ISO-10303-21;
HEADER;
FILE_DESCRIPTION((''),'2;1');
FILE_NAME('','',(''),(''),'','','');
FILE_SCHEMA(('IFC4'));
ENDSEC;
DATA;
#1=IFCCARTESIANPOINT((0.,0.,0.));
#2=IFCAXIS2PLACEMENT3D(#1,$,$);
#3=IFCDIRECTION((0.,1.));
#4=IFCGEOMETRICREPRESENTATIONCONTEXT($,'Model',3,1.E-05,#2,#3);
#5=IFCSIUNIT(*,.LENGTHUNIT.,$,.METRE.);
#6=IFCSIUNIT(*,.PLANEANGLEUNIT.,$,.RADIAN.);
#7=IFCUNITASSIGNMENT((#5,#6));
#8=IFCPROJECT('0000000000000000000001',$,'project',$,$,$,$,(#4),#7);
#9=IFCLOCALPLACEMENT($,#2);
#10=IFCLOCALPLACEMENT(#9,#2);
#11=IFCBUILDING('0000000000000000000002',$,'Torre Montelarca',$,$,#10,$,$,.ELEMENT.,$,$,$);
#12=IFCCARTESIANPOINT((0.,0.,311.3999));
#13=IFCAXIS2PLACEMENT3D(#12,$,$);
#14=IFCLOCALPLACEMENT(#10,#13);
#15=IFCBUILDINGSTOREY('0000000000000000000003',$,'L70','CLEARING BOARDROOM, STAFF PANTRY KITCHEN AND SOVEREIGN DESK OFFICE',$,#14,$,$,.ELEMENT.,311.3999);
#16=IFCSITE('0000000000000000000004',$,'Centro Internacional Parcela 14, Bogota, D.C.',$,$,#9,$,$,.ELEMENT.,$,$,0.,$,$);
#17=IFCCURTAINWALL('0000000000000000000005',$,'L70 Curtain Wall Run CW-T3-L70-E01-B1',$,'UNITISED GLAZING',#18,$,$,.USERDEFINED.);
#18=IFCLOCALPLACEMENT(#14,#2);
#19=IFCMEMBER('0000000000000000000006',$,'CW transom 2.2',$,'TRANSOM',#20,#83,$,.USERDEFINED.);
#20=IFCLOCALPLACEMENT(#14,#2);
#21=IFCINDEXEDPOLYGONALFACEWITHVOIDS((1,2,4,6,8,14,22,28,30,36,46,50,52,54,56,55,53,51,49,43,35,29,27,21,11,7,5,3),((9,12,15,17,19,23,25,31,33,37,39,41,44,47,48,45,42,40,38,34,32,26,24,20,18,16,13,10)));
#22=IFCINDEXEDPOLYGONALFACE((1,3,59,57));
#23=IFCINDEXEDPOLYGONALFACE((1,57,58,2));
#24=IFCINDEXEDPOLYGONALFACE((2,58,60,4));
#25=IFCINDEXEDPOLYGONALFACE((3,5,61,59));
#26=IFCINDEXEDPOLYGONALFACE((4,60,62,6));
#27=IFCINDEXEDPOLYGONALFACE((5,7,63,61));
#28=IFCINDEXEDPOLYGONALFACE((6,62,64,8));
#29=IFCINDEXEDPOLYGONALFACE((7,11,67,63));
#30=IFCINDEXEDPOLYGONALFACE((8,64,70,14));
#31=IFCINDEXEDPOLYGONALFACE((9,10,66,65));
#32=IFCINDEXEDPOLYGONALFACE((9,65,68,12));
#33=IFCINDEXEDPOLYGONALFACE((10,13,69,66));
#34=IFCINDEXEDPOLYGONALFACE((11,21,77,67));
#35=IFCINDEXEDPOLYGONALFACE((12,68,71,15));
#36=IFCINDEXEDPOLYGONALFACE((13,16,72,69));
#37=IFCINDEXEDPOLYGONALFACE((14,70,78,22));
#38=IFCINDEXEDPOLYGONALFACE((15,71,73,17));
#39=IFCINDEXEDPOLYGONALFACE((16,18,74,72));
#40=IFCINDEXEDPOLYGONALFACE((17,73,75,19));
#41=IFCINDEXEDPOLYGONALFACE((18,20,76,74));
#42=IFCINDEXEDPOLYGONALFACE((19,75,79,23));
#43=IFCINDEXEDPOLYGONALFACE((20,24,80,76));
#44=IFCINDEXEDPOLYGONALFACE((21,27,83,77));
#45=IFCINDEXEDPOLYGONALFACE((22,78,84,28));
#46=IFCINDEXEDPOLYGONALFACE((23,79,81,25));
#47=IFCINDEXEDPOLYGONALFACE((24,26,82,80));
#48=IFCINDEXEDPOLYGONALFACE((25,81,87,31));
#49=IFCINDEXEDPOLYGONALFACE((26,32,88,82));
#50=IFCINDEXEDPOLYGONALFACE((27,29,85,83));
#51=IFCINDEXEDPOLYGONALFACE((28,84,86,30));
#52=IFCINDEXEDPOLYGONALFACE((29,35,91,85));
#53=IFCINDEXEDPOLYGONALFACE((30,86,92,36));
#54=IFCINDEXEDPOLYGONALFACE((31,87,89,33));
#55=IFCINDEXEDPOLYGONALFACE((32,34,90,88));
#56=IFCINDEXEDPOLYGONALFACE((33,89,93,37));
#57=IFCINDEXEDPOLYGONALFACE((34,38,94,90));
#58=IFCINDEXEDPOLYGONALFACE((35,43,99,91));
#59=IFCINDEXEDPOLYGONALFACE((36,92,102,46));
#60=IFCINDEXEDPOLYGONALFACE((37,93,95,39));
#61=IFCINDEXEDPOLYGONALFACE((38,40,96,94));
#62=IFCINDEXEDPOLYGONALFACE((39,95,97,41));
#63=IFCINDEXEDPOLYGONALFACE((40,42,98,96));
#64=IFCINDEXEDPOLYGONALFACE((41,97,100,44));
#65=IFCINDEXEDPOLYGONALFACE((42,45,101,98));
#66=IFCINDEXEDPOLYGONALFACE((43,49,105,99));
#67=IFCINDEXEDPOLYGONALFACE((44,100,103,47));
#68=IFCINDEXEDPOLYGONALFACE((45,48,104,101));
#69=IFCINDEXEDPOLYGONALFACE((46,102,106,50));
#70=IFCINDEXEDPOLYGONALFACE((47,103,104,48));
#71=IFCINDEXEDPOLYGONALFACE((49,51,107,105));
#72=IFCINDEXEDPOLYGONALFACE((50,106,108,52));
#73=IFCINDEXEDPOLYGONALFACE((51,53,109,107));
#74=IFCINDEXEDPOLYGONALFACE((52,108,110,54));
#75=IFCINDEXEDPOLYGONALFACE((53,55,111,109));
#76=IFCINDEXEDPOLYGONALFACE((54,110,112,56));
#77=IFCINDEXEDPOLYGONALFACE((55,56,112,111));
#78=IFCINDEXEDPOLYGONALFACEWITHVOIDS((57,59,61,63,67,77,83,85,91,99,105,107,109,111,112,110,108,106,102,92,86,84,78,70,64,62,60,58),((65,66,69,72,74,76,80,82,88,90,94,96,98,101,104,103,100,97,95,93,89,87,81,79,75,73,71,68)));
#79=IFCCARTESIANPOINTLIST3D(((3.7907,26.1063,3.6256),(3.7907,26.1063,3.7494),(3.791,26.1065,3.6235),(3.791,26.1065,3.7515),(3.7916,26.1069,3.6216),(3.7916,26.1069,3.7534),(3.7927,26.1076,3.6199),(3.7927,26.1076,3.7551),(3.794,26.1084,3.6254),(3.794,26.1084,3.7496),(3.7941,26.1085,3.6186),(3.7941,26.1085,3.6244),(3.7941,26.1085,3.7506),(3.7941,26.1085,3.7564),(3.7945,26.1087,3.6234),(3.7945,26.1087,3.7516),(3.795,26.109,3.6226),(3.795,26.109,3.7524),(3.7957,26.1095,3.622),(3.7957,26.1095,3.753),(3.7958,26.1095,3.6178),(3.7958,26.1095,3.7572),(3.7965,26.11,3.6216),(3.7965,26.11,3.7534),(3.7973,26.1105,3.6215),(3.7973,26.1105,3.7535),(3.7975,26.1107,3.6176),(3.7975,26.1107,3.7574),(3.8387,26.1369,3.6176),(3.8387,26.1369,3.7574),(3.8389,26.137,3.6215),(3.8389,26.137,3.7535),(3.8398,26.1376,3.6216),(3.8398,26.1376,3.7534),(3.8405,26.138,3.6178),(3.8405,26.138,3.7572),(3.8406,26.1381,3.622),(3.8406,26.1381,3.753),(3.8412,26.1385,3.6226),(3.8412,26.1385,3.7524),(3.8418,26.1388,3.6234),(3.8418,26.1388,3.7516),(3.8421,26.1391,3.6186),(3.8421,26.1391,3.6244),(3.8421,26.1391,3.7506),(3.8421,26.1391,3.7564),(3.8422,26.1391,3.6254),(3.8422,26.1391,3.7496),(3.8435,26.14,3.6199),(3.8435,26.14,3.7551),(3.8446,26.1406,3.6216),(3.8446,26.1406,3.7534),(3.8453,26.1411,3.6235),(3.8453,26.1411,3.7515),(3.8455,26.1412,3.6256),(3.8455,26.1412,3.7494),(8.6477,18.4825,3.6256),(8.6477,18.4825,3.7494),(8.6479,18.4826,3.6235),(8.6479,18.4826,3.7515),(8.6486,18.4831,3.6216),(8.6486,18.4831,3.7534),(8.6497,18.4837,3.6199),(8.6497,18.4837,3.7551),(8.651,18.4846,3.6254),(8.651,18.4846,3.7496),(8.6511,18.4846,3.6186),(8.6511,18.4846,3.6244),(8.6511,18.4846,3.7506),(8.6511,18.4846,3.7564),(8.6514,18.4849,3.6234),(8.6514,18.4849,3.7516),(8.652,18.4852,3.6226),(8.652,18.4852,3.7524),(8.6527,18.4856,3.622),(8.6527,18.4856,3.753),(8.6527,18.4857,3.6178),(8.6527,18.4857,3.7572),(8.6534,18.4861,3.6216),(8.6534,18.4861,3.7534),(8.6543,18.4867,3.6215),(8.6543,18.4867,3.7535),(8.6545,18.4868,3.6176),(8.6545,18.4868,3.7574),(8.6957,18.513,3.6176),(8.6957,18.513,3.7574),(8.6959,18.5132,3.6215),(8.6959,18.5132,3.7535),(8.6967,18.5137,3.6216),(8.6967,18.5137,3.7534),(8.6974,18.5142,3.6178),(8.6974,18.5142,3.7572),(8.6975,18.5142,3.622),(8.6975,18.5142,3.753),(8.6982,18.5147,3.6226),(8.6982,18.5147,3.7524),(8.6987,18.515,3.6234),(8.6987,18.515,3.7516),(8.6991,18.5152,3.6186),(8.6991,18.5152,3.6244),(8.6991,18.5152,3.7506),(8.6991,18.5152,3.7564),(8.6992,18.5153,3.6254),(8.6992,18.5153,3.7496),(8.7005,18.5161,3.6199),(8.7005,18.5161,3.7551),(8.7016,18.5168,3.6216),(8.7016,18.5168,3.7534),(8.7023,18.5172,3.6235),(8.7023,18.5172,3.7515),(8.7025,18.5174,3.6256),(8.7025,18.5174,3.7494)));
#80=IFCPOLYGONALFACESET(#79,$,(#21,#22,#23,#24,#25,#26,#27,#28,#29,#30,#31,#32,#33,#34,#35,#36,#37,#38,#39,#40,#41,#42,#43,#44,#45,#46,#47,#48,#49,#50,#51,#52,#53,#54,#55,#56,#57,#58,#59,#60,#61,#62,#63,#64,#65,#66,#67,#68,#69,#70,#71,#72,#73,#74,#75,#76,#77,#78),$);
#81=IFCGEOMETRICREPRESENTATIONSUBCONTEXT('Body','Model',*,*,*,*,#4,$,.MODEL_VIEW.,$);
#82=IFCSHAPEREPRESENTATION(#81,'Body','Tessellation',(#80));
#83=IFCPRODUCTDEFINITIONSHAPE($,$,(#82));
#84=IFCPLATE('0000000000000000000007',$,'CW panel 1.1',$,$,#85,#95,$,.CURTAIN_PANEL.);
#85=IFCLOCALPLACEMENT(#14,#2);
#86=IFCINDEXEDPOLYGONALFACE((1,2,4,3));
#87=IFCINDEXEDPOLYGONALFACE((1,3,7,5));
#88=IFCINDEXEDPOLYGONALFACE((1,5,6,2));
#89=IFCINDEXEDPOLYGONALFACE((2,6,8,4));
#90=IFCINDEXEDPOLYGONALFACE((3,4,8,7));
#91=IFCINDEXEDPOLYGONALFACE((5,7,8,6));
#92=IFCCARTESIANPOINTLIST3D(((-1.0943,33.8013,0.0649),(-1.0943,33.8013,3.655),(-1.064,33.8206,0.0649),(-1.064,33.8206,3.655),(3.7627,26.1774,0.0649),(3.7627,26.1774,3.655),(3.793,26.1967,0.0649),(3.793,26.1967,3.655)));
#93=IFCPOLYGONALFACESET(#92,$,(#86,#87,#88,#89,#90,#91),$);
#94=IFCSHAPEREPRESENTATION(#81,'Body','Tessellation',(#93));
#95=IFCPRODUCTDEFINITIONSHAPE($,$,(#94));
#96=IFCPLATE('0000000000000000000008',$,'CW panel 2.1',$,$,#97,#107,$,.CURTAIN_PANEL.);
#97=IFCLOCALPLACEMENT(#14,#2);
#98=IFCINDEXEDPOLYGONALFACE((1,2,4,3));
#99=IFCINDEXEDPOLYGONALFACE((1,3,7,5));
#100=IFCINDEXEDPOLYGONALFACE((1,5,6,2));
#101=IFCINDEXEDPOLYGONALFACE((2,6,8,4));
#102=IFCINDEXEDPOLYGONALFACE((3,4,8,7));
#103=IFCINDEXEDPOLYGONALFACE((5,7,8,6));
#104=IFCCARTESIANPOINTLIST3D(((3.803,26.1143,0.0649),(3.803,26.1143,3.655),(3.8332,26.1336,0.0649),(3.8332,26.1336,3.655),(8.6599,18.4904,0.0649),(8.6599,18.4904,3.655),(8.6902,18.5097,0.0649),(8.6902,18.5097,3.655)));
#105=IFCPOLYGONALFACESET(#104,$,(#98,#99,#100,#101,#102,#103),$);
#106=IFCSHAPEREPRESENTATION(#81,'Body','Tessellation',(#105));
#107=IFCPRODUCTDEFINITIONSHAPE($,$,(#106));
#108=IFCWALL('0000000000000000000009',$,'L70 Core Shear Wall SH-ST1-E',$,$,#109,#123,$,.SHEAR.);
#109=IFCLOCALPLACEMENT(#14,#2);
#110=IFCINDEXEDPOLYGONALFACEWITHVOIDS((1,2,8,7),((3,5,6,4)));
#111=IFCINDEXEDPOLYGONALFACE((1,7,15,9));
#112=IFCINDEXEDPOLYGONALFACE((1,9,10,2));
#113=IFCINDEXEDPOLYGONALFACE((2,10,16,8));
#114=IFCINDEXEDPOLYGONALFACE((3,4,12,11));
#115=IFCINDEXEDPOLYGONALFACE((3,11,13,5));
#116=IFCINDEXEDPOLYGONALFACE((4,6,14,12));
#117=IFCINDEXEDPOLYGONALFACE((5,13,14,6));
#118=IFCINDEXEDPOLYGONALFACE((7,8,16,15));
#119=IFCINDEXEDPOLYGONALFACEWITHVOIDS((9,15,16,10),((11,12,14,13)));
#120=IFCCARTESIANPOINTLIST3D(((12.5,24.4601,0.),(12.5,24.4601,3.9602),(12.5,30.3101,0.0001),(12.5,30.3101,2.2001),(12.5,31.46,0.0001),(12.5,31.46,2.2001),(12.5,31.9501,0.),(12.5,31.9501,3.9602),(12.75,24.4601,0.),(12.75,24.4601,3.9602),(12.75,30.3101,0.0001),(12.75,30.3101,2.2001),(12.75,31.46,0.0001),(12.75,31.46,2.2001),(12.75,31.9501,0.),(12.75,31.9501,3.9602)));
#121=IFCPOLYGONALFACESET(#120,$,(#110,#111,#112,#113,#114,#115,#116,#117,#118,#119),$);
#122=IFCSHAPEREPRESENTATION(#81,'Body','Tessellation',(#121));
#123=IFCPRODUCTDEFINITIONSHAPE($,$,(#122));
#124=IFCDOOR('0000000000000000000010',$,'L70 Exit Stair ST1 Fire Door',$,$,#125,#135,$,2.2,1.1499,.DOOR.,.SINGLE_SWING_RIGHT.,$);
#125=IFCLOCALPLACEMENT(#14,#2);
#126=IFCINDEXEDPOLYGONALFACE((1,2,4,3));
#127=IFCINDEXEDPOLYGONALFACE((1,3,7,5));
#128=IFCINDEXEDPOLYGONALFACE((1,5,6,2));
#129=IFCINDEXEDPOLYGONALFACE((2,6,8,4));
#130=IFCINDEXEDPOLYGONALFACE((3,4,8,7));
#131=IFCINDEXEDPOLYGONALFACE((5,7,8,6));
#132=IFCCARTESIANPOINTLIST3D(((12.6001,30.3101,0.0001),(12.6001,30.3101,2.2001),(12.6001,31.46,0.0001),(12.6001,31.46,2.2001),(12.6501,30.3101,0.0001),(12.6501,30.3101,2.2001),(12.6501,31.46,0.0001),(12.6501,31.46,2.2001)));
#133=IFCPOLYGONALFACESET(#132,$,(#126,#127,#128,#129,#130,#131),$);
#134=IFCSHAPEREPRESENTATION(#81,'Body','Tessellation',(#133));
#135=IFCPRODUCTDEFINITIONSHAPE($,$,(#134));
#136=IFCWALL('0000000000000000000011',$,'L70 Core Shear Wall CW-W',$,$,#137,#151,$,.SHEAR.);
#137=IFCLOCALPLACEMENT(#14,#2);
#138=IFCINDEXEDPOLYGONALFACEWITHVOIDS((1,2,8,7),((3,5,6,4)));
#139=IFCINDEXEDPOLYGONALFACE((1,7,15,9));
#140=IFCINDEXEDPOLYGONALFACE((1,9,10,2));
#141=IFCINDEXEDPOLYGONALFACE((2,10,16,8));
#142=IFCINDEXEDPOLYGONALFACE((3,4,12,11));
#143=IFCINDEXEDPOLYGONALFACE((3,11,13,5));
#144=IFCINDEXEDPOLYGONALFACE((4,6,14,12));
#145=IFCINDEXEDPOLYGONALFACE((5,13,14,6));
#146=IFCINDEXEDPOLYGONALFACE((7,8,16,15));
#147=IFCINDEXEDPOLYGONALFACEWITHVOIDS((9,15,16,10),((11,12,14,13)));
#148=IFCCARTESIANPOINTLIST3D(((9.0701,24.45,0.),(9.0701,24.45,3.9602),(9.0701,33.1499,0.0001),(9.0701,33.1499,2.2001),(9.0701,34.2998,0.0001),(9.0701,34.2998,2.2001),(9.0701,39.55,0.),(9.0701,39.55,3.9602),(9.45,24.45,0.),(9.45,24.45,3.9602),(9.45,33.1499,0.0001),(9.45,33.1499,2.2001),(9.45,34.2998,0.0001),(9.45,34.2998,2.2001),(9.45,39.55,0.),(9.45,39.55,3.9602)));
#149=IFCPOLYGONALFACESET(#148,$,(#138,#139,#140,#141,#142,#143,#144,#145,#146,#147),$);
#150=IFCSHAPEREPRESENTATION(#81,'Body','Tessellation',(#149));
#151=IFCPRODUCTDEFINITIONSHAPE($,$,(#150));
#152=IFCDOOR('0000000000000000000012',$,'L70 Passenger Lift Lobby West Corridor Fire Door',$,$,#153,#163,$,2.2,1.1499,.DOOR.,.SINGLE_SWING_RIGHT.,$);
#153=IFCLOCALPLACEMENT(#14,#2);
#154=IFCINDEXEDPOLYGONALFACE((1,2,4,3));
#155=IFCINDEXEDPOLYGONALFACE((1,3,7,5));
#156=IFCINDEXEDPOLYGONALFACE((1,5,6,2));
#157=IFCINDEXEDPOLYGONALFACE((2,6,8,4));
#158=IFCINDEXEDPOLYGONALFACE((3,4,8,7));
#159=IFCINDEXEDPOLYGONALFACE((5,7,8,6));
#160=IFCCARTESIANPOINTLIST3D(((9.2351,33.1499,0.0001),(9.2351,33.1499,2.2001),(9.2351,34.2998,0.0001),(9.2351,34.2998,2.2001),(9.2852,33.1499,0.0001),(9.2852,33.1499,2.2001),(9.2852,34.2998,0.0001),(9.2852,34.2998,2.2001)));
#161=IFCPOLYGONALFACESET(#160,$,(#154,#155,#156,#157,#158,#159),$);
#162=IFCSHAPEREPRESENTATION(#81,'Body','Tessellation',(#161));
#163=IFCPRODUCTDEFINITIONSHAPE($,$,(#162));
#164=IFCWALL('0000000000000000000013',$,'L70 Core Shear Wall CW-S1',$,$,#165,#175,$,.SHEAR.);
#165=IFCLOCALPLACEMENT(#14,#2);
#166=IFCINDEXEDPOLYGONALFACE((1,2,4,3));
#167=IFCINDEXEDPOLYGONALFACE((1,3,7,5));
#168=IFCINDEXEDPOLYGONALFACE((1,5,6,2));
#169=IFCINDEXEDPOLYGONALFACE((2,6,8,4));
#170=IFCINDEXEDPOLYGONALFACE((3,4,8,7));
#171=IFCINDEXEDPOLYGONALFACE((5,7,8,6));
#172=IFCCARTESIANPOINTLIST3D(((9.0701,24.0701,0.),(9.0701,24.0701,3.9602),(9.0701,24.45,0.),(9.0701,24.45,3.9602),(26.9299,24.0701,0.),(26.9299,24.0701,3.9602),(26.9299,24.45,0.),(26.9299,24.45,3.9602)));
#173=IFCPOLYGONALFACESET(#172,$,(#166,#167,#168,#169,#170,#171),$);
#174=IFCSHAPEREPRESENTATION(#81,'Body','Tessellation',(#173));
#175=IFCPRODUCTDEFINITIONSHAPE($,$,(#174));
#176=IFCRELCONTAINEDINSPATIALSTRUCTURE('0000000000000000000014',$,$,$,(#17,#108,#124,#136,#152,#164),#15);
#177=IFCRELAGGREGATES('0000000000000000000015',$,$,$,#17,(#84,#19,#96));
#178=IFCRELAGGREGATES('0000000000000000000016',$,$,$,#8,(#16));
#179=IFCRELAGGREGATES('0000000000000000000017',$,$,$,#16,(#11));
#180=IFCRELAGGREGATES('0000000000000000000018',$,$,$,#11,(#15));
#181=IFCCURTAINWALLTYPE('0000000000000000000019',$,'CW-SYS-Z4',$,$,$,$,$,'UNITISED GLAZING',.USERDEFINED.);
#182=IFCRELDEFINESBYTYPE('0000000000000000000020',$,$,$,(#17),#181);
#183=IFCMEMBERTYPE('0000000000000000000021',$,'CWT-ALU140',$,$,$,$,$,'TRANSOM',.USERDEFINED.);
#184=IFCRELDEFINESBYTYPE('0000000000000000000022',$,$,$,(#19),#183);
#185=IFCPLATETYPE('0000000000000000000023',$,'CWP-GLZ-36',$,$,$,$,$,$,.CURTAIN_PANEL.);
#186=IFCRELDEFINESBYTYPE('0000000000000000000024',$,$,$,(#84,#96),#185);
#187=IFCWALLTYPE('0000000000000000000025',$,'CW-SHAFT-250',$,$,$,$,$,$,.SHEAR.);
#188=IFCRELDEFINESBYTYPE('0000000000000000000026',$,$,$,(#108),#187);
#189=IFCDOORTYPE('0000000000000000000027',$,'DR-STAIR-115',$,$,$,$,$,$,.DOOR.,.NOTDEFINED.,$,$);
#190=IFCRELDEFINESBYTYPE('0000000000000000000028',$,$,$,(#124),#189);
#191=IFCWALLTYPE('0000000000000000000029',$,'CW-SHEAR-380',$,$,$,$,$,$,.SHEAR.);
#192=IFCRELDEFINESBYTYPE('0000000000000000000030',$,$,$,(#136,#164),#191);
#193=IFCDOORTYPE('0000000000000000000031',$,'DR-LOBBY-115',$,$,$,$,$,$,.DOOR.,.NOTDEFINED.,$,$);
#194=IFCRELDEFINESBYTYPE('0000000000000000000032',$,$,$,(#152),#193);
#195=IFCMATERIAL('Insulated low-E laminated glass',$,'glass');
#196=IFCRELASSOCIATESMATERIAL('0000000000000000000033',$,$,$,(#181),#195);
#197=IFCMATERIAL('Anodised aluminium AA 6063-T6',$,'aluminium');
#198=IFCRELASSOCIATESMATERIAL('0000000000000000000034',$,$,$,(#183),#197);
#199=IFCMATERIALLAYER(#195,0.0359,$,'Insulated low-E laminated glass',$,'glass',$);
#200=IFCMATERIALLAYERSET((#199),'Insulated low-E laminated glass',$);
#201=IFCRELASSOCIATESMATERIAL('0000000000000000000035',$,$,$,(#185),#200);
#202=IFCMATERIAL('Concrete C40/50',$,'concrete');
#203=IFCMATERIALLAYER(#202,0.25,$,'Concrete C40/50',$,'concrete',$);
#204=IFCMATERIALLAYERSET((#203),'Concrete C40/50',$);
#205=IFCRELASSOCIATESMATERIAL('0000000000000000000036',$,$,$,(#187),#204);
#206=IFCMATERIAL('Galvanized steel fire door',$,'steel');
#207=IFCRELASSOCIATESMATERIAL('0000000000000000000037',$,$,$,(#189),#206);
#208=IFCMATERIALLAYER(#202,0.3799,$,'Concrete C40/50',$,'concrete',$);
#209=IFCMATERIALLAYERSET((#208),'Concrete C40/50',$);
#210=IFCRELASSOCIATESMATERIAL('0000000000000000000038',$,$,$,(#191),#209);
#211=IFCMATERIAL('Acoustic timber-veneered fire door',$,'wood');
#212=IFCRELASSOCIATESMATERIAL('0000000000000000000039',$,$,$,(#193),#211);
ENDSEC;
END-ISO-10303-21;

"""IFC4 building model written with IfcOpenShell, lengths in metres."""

from ifc_helpers import new_model, si_unit, direction, frame, frame_2d, origin, origin_2d, place, context, subcontext, project, spatial, rectangle, hollow_rectangle, extrude, source, transform, mapped, material, layer, layer_set, material_profile, profile_set, type_object, element, fill, aggregate, save


model = new_model("IFC4")

# Units and contexts
model_context = context("Model", 3, precision=1e-05, world=origin(), true_north=direction((0.0, 1.0)))
body_context = subcontext(model_context, "Body", "Model", "MODEL_VIEW")
ifc_project = project(units=[si_unit("LENGTHUNIT", "METRE"), si_unit("PLANEANGLEUNIT", "RADIAN")], contexts=[model_context])

# Site, building, storey
site_placement = place(None, origin())
site = spatial("IfcSite", under=ifc_project, at=site_placement, Name="Centro Internacional Parcela 14, Bogota, D.C.", CompositionType="ELEMENT", RefElevation=0.0)
building_placement = place(site_placement, origin())
building = spatial("IfcBuilding", under=site, at=building_placement, Name="Torre Montelarca", CompositionType="ELEMENT")
storey_placement = place(building_placement, frame((0.0, 0.0, 311.3999)))
storey = spatial("IfcBuildingStorey", under=building, at=storey_placement, Name="L70", Description="CLEARING BOARDROOM, STAFF PANTRY KITCHEN AND SOVEREIGN DESK OFFICE", CompositionType="ELEMENT", Elevation=311.3999)

# Shared definitions
ifc_material_1 = material(Name="Concrete C40/50", Category="concrete")

# Curtain wall, member, plates
ifc_material_2 = material(Name="Insulated low-E laminated glass", Category="glass")
curtain_wall_type = type_object("IfcCurtainWallType", Name="CW-SYS-Z4", ElementType="UNITISED GLAZING", PredefinedType="USERDEFINED", material=ifc_material_2)
curtain_wall_placement = place(storey_placement, origin())
curtain_wall = element("IfcCurtainWall", 1, at=curtain_wall_placement, inside=storey, type_object=curtain_wall_type, Name="L70 Curtain Wall Run CW-T3-L70-E01-B1", ObjectType="UNITISED GLAZING", PredefinedType="USERDEFINED")
ifc_material_3 = material(Name="Anodised aluminium AA 6063-T6", Category="aluminium")
ifc_material_profile_1 = material_profile(ifc_material_3, hollow_rectangle(XDim=0.0649, YDim=0.1399, WallThickness=0.0039, InnerFilletRadius=0.0039, OuterFilletRadius=0.0081, at=origin_2d()), Name="ALU65X140X4", Category="aluminium")
ifc_profile_set_1 = profile_set([ifc_material_profile_1], Name="Anodised aluminium AA 6063-T6")
member_type_1 = type_object("IfcMemberType", Name="CWT-ALU140", ElementType="TRANSOM", PredefinedType="USERDEFINED", material=ifc_profile_set_1)
shared_shape_1 = source(origin(), body_context, "Body", "SweptSolid", [
    extrude(hollow_rectangle(XDim=0.0649, YDim=0.1399, WallThickness=0.0039, InnerFilletRadius=0.0039, OuterFilletRadius=0.0081, at=origin_2d()), origin(), (0.0, 0.0, 1.0), 9.0396),
])
member_1_placement = place(storey_placement, frame((3.8181, 26.1238, 3.6875), z_axis=(0.537304, -0.843389, 0.0), x_axis=(0.843389, 0.537304, 0.0)))
member_1 = element("IfcMember", 2, at=member_1_placement, type_object=member_type_1, Name="CW transom 2.2", ObjectType="TRANSOM", PredefinedType="USERDEFINED", context=body_context, shape_type="MappedRepresentation", body=[
    mapped(shared_shape_1, transform((0.0, 0.0, 0.0), scale=1.0)),
])
ifc_layer_1 = layer(ifc_material_2, 0.0359, Name="Insulated low-E laminated glass", Category="glass")
ifc_layer_set_1 = layer_set([ifc_layer_1], Name="Insulated low-E laminated glass")
plate_type = type_object("IfcPlateType", Name="CWP-GLZ-36", PredefinedType="CURTAIN_PANEL", material=ifc_layer_set_1)
shared_shape_2 = source(origin(), body_context, "Body", "SweptSolid", [
    extrude(rectangle(XDim=9.0396, YDim=0.0359, at=origin_2d()), origin(), (0.0, 0.0, 1.0), 3.5901),
])
plate_1_placement = place(storey_placement, frame((1.3494, 29.999, 0.0649), z_axis=(0.0, 0.0, 1.0), x_axis=(0.537302, -0.84339, 0.0)))
plate_1 = element("IfcPlate", 3, at=plate_1_placement, type_object=plate_type, Name="CW panel 1.1", PredefinedType="CURTAIN_PANEL", context=body_context, shape_type="MappedRepresentation", body=[
    mapped(shared_shape_2, transform((0.0, 0.0, 0.0), scale=1.0)),
])
plate_2_placement = place(storey_placement, frame((6.2466, 22.312, 0.0649), z_axis=(0.0, 0.0, 1.0), x_axis=(0.537302, -0.84339, 0.0)))
plate_2 = element("IfcPlate", 4, at=plate_2_placement, type_object=plate_type, Name="CW panel 2.1", PredefinedType="CURTAIN_PANEL", context=body_context, shape_type="MappedRepresentation", body=[
    mapped(shared_shape_2, transform((0.0, 0.0, 0.0), scale=1.0)),
])
aggregate(curtain_wall, [plate_1, member_1, plate_2])

# Walls, openings, doors
ifc_layer_2 = layer(ifc_material_1, 0.25, Name="Concrete C40/50", Category="concrete")
ifc_layer_set_2 = layer_set([ifc_layer_2], Name="Concrete C40/50")
wall_type_1 = type_object("IfcWallType", Name="CW-SHAFT-250", PredefinedType="SHEAR", material=ifc_layer_set_2)
wall_1_placement = place(storey_placement, frame((12.625, 24.46, 0.0), z_axis=(0.0, 0.0, 1.0), x_axis=(0.0, 1.0, 0.0)))
wall_1 = element("IfcWall", 5, at=wall_1_placement, inside=storey, type_object=wall_type_1, Name="L70 Core Shear Wall SH-ST1-E", PredefinedType="SHEAR", context=body_context, shape_type="SweptSolid", body=[
    extrude(rectangle(XDim=7.49, YDim=0.25, at=frame_2d((3.7451, 0.0))), origin(), (0.0, 0.0, 1.0), 3.9602),
])
opening_1_placement = place(wall_1_placement, frame((5.8501, 0.0, 0.0)))
opening_1 = element("IfcOpeningElement", 6, at=opening_1_placement, cuts=wall_1, PredefinedType="OPENING", context=body_context, shape_type="SweptSolid", body=[
    extrude(rectangle(XDim=1.1499, YDim=2.2, at=frame_2d((0.575, 1.1001))), frame((0.0, 0.135, 0.0), z_axis=(0.0, -1.0, 0.0), x_axis=(1.0, 0.0, 0.0)), (0.0, 0.0, 1.0), 0.27),
])
ifc_material_4 = material(Name="Galvanized steel fire door", Category="steel")
door_type_1 = type_object("IfcDoorType", Name="DR-STAIR-115", OperationType="NOTDEFINED", PredefinedType="DOOR", material=ifc_material_4)
shared_shape_3 = source(origin(), body_context, "Body", "SweptSolid", [
    extrude(rectangle(XDim=1.1499, YDim=2.2, at=frame_2d((0.575, 1.1001))), frame((0.0, 0.0249, 0.0), z_axis=(0.0, -1.0, 0.0), x_axis=(1.0, 0.0, 0.0)), (0.0, 0.0, 1.0), 0.05),
])
door_1_placement = place(opening_1_placement, origin())
door_1 = element("IfcDoor", 7, at=door_1_placement, inside=storey, type_object=door_type_1, Name="L70 Exit Stair ST1 Fire Door", OperationType="SINGLE_SWING_RIGHT", OverallHeight=2.2, OverallWidth=1.1499, PredefinedType="DOOR", context=body_context, shape_type="MappedRepresentation", body=[
    mapped(shared_shape_3, transform((0.0, 0.0, 0.0), scale=1.0)),
])
fill(opening_1, door_1)
ifc_layer_3 = layer(ifc_material_1, 0.3799, Name="Concrete C40/50", Category="concrete")
ifc_layer_set_3 = layer_set([ifc_layer_3], Name="Concrete C40/50")
wall_type_2 = type_object("IfcWallType", Name="CW-SHEAR-380", PredefinedType="SHEAR", material=ifc_layer_set_3)
wall_2_placement = place(storey_placement, frame((9.26, 24.45, 0.0), z_axis=(0.0, 0.0, 1.0), x_axis=(0.0, 1.0, 0.0)))
wall_2 = element("IfcWall", 8, at=wall_2_placement, inside=storey, type_object=wall_type_2, Name="L70 Core Shear Wall CW-W", PredefinedType="SHEAR", context=body_context, shape_type="SweptSolid", body=[
    extrude(rectangle(XDim=15.1001, YDim=0.3799, at=frame_2d((7.55, 0.0))), origin(), (0.0, 0.0, 1.0), 3.9602),
])
opening_2_placement = place(wall_2_placement, frame((8.7, 0.0, 0.0)))
opening_2 = element("IfcOpeningElement", 9, at=opening_2_placement, cuts=wall_2, PredefinedType="OPENING", context=body_context, shape_type="SweptSolid", body=[
    extrude(rectangle(XDim=1.1499, YDim=2.2, at=frame_2d((0.575, 1.1001))), frame((0.0, 0.2, 0.0), z_axis=(0.0, -1.0, 0.0), x_axis=(1.0, 0.0, 0.0)), (0.0, 0.0, 1.0), 0.3999),
])
ifc_material_5 = material(Name="Acoustic timber-veneered fire door", Category="wood")
door_type_2 = type_object("IfcDoorType", Name="DR-LOBBY-115", OperationType="NOTDEFINED", PredefinedType="DOOR", material=ifc_material_5)
shared_shape_4 = source(origin(), body_context, "Body", "SweptSolid", [
    extrude(rectangle(XDim=1.1499, YDim=2.2, at=frame_2d((0.575, 1.1001))), frame((0.0, 0.0249, 0.0), z_axis=(0.0, -1.0, 0.0), x_axis=(1.0, 0.0, 0.0)), (0.0, 0.0, 1.0), 0.05),
])
door_2_placement = place(opening_2_placement, origin())
door_2 = element("IfcDoor", 10, at=door_2_placement, inside=storey, type_object=door_type_2, Name="L70 Passenger Lift Lobby West Corridor Fire Door", OperationType="SINGLE_SWING_RIGHT", OverallHeight=2.2, OverallWidth=1.1499, PredefinedType="DOOR", context=body_context, shape_type="MappedRepresentation", body=[
    mapped(shared_shape_4, transform((0.0, 0.0, 0.0), scale=1.0)),
])
fill(opening_2, door_2)

# Wall
wall_3_placement = place(storey_placement, frame((9.0701, 24.26, 0.0), z_axis=(0.0, 0.0, 1.0), x_axis=(1.0, 0.0, 0.0)))
element("IfcWall", 11, at=wall_3_placement, inside=storey, type_object=wall_type_2, Name="L70 Core Shear Wall CW-S1", PredefinedType="SHEAR", context=body_context, shape_type="SweptSolid", body=[
    extrude(rectangle(XDim=17.8599, YDim=0.3799, at=frame_2d((8.9299, 0.0))), origin(), (0.0, 0.0, 1.0), 3.9602),
])

save(model, "model.ifc")
